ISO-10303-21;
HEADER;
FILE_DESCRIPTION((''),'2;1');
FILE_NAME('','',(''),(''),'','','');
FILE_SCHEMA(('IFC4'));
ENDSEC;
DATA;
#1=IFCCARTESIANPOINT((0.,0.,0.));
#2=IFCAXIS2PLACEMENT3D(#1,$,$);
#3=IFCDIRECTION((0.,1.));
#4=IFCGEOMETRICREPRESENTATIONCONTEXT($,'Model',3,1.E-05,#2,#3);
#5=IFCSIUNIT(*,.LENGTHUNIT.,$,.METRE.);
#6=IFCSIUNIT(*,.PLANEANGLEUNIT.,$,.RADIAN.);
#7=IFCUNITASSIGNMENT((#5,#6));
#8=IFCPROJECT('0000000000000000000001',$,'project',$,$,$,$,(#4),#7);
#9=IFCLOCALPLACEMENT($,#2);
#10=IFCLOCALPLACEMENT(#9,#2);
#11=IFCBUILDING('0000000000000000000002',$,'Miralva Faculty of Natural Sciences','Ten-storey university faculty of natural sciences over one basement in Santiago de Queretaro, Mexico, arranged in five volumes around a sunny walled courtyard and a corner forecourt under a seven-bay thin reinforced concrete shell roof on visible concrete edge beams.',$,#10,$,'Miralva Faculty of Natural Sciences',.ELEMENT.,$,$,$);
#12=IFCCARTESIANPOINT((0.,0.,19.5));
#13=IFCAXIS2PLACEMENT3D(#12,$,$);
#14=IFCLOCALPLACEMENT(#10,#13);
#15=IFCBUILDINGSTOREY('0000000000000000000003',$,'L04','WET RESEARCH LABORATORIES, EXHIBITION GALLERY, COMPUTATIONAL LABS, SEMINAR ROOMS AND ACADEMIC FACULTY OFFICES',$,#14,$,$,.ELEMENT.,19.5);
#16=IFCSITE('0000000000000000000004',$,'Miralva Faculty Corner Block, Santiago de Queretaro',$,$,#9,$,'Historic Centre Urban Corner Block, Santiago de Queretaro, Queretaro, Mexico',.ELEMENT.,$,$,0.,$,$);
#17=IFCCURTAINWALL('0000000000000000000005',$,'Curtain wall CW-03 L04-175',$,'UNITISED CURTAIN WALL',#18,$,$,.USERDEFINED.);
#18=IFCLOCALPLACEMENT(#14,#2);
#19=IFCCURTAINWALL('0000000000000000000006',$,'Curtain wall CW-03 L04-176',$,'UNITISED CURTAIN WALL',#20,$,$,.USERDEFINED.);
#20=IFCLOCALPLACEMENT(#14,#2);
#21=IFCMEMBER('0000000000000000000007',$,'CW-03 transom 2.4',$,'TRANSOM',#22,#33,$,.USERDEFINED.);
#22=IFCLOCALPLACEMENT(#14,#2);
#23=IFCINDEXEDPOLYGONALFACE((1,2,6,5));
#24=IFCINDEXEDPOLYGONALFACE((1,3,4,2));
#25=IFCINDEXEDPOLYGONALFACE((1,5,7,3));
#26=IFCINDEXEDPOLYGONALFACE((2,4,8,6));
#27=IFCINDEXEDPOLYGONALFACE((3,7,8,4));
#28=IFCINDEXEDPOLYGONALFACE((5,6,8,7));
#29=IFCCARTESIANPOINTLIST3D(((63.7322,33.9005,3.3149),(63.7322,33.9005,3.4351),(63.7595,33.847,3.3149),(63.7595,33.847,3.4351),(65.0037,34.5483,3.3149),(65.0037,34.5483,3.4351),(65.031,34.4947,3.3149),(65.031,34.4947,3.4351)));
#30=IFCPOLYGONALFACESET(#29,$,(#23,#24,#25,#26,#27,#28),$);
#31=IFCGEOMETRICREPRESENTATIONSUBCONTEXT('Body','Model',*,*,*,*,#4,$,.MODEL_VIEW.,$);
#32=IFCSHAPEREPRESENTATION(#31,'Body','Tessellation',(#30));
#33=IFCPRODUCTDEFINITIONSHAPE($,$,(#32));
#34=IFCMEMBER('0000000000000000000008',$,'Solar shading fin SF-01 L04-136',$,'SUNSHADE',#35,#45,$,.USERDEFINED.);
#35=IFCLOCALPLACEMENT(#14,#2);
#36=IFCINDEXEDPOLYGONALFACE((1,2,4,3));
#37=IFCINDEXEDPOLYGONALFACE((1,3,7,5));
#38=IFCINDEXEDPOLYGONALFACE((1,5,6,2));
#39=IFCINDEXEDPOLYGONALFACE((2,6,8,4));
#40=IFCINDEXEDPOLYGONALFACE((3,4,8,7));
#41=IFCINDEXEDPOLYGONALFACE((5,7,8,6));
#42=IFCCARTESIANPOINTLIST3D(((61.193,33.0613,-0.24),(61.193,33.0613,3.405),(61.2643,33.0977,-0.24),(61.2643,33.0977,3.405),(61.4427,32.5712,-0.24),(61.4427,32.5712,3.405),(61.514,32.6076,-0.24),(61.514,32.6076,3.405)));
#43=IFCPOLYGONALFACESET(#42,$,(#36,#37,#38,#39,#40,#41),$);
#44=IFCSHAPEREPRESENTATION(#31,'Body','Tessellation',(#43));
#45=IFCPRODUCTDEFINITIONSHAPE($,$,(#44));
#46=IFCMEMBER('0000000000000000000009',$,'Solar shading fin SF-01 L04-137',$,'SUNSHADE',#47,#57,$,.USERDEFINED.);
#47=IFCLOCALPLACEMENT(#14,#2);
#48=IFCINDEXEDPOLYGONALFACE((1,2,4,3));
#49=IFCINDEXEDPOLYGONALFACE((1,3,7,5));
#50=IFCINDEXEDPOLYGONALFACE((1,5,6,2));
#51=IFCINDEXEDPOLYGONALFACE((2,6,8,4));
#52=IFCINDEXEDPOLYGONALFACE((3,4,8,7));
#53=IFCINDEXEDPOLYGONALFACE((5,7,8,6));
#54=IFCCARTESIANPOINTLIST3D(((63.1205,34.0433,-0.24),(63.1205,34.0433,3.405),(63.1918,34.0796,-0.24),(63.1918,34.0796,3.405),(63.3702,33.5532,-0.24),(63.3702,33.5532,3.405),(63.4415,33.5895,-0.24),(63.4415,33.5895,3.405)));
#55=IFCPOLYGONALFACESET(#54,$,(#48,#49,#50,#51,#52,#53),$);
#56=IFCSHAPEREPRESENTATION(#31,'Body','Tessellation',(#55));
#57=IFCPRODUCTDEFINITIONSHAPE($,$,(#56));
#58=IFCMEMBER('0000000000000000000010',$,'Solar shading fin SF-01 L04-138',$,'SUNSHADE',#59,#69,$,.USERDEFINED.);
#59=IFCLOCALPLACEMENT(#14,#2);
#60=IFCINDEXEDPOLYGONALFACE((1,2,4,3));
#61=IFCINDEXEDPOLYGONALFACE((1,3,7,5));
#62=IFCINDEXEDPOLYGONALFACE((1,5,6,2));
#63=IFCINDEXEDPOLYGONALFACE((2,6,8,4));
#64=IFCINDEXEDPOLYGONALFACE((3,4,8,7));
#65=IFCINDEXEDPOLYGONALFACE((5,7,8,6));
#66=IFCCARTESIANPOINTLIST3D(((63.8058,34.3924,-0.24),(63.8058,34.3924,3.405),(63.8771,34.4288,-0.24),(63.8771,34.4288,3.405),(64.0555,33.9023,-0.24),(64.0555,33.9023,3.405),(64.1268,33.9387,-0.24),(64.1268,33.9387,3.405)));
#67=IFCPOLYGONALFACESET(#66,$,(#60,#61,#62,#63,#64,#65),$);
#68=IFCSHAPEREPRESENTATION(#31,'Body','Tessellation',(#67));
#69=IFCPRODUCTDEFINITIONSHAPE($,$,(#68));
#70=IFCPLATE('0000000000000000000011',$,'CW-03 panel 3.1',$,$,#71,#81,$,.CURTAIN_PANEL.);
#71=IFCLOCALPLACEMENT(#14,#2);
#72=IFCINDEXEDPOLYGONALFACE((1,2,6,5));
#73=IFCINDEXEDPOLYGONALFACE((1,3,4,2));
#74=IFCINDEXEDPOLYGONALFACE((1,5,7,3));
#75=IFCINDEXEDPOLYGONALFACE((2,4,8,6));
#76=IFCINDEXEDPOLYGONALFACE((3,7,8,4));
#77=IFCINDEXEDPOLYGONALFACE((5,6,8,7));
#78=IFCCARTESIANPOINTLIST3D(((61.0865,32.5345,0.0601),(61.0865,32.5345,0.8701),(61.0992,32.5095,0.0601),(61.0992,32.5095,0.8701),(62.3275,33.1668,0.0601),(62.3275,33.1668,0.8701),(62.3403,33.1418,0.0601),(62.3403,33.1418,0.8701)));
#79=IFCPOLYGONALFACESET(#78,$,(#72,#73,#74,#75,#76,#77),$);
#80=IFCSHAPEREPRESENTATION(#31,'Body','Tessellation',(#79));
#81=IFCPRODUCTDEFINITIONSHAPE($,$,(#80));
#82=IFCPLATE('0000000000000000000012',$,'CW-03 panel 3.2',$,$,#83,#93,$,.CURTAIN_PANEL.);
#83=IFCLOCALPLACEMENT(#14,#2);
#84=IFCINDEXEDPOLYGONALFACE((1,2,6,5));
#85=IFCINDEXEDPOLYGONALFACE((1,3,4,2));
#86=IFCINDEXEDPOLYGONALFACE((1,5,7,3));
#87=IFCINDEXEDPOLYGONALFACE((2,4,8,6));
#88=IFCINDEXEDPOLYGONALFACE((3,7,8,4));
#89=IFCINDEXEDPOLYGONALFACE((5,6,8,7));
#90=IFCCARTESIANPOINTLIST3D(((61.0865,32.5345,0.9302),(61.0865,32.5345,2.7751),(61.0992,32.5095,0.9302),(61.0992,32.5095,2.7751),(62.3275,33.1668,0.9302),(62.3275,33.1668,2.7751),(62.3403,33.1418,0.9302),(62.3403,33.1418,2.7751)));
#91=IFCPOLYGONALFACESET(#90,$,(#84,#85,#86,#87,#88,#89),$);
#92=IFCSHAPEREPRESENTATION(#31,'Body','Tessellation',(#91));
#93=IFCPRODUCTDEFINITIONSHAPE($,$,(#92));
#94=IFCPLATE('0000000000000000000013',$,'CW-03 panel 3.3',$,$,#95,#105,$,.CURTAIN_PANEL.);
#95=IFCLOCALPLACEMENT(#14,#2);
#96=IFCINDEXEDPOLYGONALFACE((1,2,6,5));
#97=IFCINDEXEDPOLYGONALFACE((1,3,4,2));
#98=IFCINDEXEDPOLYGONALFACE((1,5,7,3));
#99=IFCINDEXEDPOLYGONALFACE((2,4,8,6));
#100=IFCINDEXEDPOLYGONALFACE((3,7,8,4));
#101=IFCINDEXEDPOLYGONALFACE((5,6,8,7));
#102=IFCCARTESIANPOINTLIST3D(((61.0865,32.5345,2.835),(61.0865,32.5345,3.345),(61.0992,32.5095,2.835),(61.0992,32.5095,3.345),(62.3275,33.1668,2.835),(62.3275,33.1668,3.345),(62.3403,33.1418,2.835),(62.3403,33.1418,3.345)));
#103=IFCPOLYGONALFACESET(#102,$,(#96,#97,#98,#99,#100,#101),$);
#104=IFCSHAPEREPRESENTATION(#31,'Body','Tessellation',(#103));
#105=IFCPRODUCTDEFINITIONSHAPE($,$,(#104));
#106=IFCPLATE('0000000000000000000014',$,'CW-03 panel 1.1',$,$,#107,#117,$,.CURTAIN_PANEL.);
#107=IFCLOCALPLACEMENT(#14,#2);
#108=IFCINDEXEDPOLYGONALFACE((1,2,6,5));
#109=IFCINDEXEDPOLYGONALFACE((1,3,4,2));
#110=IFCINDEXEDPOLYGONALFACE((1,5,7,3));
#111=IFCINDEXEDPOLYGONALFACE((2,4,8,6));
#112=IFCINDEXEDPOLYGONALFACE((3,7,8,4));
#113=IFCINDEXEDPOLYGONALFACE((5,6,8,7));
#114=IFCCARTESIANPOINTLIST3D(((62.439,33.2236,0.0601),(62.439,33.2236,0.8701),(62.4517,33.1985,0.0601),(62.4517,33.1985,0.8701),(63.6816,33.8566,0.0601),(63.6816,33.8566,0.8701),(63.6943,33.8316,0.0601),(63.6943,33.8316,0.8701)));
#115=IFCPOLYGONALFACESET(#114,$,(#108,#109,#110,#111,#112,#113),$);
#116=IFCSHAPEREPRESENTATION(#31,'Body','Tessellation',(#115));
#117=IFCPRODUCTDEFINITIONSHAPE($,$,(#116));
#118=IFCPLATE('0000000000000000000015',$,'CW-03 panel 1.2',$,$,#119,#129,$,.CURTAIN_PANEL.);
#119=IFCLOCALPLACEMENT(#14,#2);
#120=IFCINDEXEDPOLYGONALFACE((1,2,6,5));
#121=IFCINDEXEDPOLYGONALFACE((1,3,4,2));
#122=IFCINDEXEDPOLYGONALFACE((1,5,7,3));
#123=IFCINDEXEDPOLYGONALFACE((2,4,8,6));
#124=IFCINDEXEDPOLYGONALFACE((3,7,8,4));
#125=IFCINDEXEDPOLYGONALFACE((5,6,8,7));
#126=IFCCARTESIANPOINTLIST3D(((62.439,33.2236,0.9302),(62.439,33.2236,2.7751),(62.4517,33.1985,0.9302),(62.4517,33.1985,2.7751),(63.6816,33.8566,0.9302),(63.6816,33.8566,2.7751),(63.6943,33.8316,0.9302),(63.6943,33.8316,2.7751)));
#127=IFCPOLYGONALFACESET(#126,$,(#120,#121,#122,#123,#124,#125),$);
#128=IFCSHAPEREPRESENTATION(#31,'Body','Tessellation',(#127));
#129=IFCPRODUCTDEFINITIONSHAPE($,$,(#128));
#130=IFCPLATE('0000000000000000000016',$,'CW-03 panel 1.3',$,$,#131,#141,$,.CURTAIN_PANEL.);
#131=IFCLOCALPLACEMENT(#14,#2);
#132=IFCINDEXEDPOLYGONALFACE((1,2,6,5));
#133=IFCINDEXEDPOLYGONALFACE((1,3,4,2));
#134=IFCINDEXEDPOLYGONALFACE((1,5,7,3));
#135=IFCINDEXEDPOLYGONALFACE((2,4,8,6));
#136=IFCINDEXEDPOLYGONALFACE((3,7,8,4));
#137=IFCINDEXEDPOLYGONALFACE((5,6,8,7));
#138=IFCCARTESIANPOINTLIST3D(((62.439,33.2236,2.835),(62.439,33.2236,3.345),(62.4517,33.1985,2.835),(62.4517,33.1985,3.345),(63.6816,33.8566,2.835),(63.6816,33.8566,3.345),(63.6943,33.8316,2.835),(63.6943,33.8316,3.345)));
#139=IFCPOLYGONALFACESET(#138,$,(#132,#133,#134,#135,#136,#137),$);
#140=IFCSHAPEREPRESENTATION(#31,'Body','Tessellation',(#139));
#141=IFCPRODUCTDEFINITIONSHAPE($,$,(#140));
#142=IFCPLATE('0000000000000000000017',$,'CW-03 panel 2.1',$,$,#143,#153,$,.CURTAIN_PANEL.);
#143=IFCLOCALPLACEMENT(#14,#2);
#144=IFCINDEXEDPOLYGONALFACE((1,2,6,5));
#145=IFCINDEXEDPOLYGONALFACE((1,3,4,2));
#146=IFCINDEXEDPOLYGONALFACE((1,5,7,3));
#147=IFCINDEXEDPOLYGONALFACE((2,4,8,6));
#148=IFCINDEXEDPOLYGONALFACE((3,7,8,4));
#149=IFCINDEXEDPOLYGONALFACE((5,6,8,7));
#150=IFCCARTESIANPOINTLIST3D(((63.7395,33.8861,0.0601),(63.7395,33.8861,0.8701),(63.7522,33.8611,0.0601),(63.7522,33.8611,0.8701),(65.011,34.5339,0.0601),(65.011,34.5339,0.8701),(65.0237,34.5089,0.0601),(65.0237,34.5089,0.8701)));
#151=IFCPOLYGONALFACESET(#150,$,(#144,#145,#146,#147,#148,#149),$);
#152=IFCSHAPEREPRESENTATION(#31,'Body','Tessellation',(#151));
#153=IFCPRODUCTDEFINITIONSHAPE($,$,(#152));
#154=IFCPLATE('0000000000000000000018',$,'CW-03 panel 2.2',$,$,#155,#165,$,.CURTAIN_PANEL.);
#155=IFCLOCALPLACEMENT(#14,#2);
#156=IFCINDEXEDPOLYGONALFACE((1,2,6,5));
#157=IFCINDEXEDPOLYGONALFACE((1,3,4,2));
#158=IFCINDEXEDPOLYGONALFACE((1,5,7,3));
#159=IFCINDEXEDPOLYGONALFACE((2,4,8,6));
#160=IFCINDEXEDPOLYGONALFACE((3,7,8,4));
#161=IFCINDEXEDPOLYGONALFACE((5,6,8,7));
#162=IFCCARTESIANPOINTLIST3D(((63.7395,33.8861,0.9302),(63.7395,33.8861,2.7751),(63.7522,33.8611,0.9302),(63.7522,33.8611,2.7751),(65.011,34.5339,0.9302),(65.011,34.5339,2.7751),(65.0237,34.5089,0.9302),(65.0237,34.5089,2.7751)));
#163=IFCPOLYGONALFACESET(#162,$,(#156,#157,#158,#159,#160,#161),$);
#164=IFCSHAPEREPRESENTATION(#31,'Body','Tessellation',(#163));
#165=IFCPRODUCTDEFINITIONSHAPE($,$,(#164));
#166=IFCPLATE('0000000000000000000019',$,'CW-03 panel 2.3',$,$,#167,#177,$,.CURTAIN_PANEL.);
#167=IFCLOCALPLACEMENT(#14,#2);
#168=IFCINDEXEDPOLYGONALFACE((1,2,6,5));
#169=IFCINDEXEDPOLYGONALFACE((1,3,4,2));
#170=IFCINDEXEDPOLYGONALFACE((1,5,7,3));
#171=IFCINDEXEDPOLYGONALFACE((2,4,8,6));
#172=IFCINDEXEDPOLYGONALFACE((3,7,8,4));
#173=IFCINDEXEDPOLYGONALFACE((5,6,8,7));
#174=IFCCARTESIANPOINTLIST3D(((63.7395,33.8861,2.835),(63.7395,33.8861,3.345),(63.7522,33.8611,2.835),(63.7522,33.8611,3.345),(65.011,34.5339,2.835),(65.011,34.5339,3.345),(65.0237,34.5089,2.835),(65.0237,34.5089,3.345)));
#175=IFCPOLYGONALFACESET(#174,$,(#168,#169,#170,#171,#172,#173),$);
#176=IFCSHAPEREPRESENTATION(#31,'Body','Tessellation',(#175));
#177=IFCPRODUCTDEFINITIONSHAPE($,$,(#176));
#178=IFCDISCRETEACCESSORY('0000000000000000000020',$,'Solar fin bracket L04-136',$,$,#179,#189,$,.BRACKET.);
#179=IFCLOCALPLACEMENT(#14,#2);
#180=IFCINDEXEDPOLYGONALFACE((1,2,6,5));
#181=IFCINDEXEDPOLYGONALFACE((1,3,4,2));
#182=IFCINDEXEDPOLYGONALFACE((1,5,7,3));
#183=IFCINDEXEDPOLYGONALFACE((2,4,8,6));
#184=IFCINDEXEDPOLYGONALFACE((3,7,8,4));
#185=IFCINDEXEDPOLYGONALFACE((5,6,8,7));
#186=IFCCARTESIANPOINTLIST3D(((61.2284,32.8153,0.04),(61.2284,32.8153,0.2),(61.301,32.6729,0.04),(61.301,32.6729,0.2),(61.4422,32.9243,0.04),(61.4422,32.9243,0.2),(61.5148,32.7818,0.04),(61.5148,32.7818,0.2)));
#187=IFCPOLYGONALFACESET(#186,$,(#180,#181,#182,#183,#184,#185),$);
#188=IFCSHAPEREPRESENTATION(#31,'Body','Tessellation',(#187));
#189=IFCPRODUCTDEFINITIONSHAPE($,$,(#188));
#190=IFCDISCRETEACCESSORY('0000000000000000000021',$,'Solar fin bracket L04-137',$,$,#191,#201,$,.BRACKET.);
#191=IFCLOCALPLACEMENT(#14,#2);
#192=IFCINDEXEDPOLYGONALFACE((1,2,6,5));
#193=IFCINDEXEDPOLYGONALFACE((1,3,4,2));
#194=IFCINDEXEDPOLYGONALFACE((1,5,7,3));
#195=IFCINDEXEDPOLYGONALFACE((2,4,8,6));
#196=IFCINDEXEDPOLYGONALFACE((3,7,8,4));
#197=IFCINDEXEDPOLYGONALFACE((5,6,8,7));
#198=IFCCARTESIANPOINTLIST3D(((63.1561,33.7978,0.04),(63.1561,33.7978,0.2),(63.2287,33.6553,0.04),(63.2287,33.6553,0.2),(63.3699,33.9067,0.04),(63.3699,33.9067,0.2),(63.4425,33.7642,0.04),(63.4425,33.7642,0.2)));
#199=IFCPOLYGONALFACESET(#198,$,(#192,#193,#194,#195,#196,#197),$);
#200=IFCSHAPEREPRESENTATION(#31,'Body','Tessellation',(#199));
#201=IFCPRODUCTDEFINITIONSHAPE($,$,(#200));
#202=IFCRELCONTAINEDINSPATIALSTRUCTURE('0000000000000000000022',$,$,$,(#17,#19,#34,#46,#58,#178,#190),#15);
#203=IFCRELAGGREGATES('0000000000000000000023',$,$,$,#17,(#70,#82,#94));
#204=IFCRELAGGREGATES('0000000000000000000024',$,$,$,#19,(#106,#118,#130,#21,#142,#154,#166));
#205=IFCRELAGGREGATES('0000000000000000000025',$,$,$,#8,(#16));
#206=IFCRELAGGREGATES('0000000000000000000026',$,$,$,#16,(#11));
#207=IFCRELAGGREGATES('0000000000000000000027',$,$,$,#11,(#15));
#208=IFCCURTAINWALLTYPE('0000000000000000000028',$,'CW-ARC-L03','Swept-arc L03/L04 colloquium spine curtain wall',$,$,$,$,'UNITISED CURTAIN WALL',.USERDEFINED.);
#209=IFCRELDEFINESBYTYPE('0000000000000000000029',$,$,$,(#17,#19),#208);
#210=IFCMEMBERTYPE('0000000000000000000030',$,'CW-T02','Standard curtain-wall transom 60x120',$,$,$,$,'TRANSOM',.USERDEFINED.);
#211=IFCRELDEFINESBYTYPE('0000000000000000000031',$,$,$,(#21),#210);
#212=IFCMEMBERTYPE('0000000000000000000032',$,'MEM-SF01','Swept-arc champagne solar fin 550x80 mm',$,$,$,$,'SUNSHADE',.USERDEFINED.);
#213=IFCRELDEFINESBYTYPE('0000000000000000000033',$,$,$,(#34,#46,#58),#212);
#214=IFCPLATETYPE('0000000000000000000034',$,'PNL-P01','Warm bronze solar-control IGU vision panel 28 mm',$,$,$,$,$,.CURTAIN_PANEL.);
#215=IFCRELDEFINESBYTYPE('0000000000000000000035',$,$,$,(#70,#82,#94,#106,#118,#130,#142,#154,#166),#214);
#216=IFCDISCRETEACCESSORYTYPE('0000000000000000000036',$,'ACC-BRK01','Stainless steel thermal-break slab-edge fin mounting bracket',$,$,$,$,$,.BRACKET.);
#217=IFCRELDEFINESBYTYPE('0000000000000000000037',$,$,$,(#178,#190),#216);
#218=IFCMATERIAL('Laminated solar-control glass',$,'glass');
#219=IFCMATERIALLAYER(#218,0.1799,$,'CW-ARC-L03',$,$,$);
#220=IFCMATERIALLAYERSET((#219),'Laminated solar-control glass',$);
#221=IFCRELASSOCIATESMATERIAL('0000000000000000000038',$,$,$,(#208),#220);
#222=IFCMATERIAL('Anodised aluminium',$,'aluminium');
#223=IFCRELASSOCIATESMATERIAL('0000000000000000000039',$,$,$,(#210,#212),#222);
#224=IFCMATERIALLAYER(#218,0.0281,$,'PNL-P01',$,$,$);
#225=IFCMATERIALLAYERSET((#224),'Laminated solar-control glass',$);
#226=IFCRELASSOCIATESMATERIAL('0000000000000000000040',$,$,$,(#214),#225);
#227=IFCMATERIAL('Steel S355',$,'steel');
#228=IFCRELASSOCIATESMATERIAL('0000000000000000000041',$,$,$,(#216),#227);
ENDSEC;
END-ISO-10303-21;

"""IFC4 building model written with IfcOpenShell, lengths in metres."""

from ifc_helpers import new_model, si_unit, direction, frame, origin, origin_2d, place, context, subcontext, project, spatial, rectangle, extrude, material, layer, layer_set, material_profile, profile_set, type_object, element, aggregate, save


model = new_model("IFC4")

# Units and contexts
model_context = context("Model", 3, precision=1e-05, world=origin(), true_north=direction((0.0, 1.0)))
body_context = subcontext(model_context, "Body", "Model", "MODEL_VIEW")
ifc_project = project(units=[si_unit("LENGTHUNIT", "METRE"), si_unit("PLANEANGLEUNIT", "RADIAN")], contexts=[model_context])

# Site, building, storey
site_placement = place(None, origin())
site = spatial("IfcSite", under=ifc_project, at=site_placement, Name="Miralva Faculty Corner Block, Santiago de Queretaro", LongName="Historic Centre Urban Corner Block, Santiago de Queretaro, Queretaro, Mexico", CompositionType="ELEMENT", RefElevation=0.0)
building_placement = place(site_placement, origin())
building = spatial("IfcBuilding", under=site, at=building_placement, Name="Miralva Faculty of Natural Sciences", Description="Ten-storey university faculty of natural sciences over one basement in Santiago de Queretaro, Mexico, arranged in five volumes around a sunny walled courtyard and a corner forecourt under a seven-bay thin reinforced concrete shell roof on visible concrete edge beams.", LongName="Miralva Faculty of Natural Sciences", CompositionType="ELEMENT")
storey_placement = place(building_placement, frame((0.0, 0.0, 19.5)))
storey = spatial("IfcBuildingStorey", under=building, at=storey_placement, Name="L04", Description="WET RESEARCH LABORATORIES, EXHIBITION GALLERY, COMPUTATIONAL LABS, SEMINAR ROOMS AND ACADEMIC FACULTY OFFICES", CompositionType="ELEMENT", Elevation=19.5)

# Curtain wall
ifc_material_1 = material(Name="Laminated solar-control glass", Category="glass")
ifc_layer_1 = layer(ifc_material_1, 0.1799, Name="CW-ARC-L03")
ifc_layer_set_1 = layer_set([ifc_layer_1], Name="Laminated solar-control glass")
curtain_wall_type = type_object("IfcCurtainWallType", Name="CW-ARC-L03", Description="Swept-arc L03/L04 colloquium spine curtain wall", ElementType="UNITISED CURTAIN WALL", PredefinedType="USERDEFINED", material=ifc_layer_set_1)
curtain_wall_1_placement = place(storey_placement, origin())
curtain_wall_1 = element("IfcCurtainWall", 1, at=curtain_wall_1_placement, inside=storey, type_object=curtain_wall_type, Name="Curtain wall CW-03 L04-175", ObjectType="UNITISED CURTAIN WALL", PredefinedType="USERDEFINED")
ifc_material_2 = material(Name="Anodised aluminium", Category="aluminium")

# Curtain wall
curtain_wall_2_placement = place(storey_placement, origin())
curtain_wall_2 = element("IfcCurtainWall", 2, at=curtain_wall_2_placement, inside=storey, type_object=curtain_wall_type, Name="Curtain wall CW-03 L04-176", ObjectType="UNITISED CURTAIN WALL", PredefinedType="USERDEFINED")

# Member
ifc_material_profile_1 = material_profile(ifc_material_2, rectangle(XDim=0.0601, YDim=0.1201, at=origin_2d()), Name="TRANSOM 60x120")
ifc_profile_set_1 = profile_set([ifc_material_profile_1], Name="Anodised aluminium")
member_type_1 = type_object("IfcMemberType", Name="CW-T02", Description="Standard curtain-wall transom 60x120", ElementType="TRANSOM", PredefinedType="USERDEFINED", material=ifc_profile_set_1)
member_1_placement = place(storey_placement, frame((63.7458, 33.8738, 3.375), z_axis=(0.891049, 0.453908, 0.0), x_axis=(-0.453908, 0.891049, 0.0)))
member_1 = element("IfcMember", 3, at=member_1_placement, type_object=member_type_1, Name="CW-03 transom 2.4", ObjectType="TRANSOM", PredefinedType="USERDEFINED", context=body_context, shape_type="SweptSolid", body=[
    extrude(rectangle(XDim=0.0601, YDim=0.1201, at=origin_2d()), origin(), (0.0, 0.0, 1.0), 1.427),
])

# Members
ifc_material_profile_2 = material_profile(ifc_material_2, rectangle(XDim=0.0801, YDim=0.55, at=origin_2d()), Name="FIN 550x80")
ifc_profile_set_2 = profile_set([ifc_material_profile_2], Name="Anodised aluminium")
member_type_2 = type_object("IfcMemberType", Name="MEM-SF01", Description="Swept-arc champagne solar fin 550x80 mm", ElementType="SUNSHADE", PredefinedType="USERDEFINED", material=ifc_profile_set_2)
for number, where, z_axis, x_axis, name in (
    (4, (61.3535, 32.8345, -0.24), (0.0, 0.0, 1.0), (-0.891007, -0.45399, 0.0), "Solar shading fin SF-01 L04-136"),
    (5, (63.281, 33.8164, -0.24), (0.0, 0.0, 1.0), (-0.891007, -0.45399, 0.0), "Solar shading fin SF-01 L04-137"),
    (6, (63.9663, 34.1655, -0.24), (0.0, 0.0, 1.0), (-0.891007, -0.45399, 0.0), "Solar shading fin SF-01 L04-138"),
):
    element("IfcMember", number, at=place(storey_placement, frame(where, z_axis=z_axis, x_axis=x_axis)), inside=storey, type_object=member_type_2, Name=name, ObjectType="SUNSHADE", PredefinedType="USERDEFINED", context=body_context, shape_type="SweptSolid", body=[
        extrude(rectangle(XDim=0.0801, YDim=0.55, at=origin_2d()), origin(), (0.0, 0.0, 1.0), 3.645),
    ])

# Plates
ifc_layer_2 = layer(ifc_material_1, 0.0281, Name="PNL-P01")
ifc_layer_set_2 = layer_set([ifc_layer_2], Name="Laminated solar-control glass")
plate_type = type_object("IfcPlateType", Name="PNL-P01", Description="Warm bronze solar-control IGU vision panel 28 mm", PredefinedType="CURTAIN_PANEL", material=ifc_layer_set_2)
plate_1_placement = place(storey_placement, frame((61.7134, 32.8381, 0.0601), z_axis=(0.0, 0.0, 1.0), x_axis=(0.891002, 0.454, 0.0)))
plate_1 = element("IfcPlate", 7, at=plate_1_placement, type_object=plate_type, Name="CW-03 panel 3.1", PredefinedType="CURTAIN_PANEL", context=body_context, shape_type="SweptSolid", body=[
    extrude(rectangle(XDim=1.3928, YDim=0.0281, at=origin_2d()), origin(), (0.0, 0.0, 1.0), 0.8101),
])
plate_2_placement = place(storey_placement, frame((61.7134, 32.8381, 0.9302), z_axis=(0.0, 0.0, 1.0), x_axis=(0.891002, 0.454, 0.0)))
plate_2 = element("IfcPlate", 8, at=plate_2_placement, type_object=plate_type, Name="CW-03 panel 3.2", PredefinedType="CURTAIN_PANEL", context=body_context, shape_type="SweptSolid", body=[
    extrude(rectangle(XDim=1.3928, YDim=0.0281, at=origin_2d()), origin(), (0.0, 0.0, 1.0), 1.845),
])
plate_3_placement = place(storey_placement, frame((61.7134, 32.8381, 2.835), z_axis=(0.0, 0.0, 1.0), x_axis=(0.891002, 0.454, 0.0)))
plate_3 = element("IfcPlate", 9, at=plate_3_placement, type_object=plate_type, Name="CW-03 panel 3.3", PredefinedType="CURTAIN_PANEL", context=body_context, shape_type="SweptSolid", body=[
    extrude(rectangle(XDim=1.3928, YDim=0.0281, at=origin_2d()), origin(), (0.0, 0.0, 1.0), 0.51),
])
aggregate(curtain_wall_1, [plate_1, plate_2, plate_3])
plate_4_placement = place(storey_placement, frame((63.0667, 33.5276, 0.0601), z_axis=(0.0, 0.0, 1.0), x_axis=(0.891015, 0.453975, 0.0)))
plate_4 = element("IfcPlate", 10, at=plate_4_placement, type_object=plate_type, Name="CW-03 panel 1.1", PredefinedType="CURTAIN_PANEL", context=body_context, shape_type="SweptSolid", body=[
    extrude(rectangle(XDim=1.3945, YDim=0.0281, at=origin_2d()), origin(), (0.0, 0.0, 1.0), 0.8101),
])
plate_5_placement = place(storey_placement, frame((63.0667, 33.5276, 0.9302), z_axis=(0.0, 0.0, 1.0), x_axis=(0.891015, 0.453975, 0.0)))
plate_5 = element("IfcPlate", 11, at=plate_5_placement, type_object=plate_type, Name="CW-03 panel 1.2", PredefinedType="CURTAIN_PANEL", context=body_context, shape_type="SweptSolid", body=[
    extrude(rectangle(XDim=1.3945, YDim=0.0281, at=origin_2d()), origin(), (0.0, 0.0, 1.0), 1.845),
])
plate_6_placement = place(storey_placement, frame((63.0667, 33.5276, 2.835), z_axis=(0.0, 0.0, 1.0), x_axis=(0.891015, 0.453975, 0.0)))
plate_6 = element("IfcPlate", 12, at=plate_6_placement, type_object=plate_type, Name="CW-03 panel 1.3", PredefinedType="CURTAIN_PANEL", context=body_context, shape_type="SweptSolid", body=[
    extrude(rectangle(XDim=1.3945, YDim=0.0281, at=origin_2d()), origin(), (0.0, 0.0, 1.0), 0.51),
])
plate_7_placement = place(storey_placement, frame((64.3816, 34.1975, 0.0601), z_axis=(0.0, 0.0, 1.0), x_axis=(0.891015, 0.453975, 0.0)))
plate_7 = element("IfcPlate", 13, at=plate_7_placement, type_object=plate_type, Name="CW-03 panel 2.1", PredefinedType="CURTAIN_PANEL", context=body_context, shape_type="SweptSolid", body=[
    extrude(rectangle(XDim=1.427, YDim=0.0281, at=origin_2d()), origin(), (0.0, 0.0, 1.0), 0.8101),
])
plate_8_placement = place(storey_placement, frame((64.3816, 34.1975, 0.9302), z_axis=(0.0, 0.0, 1.0), x_axis=(0.891015, 0.453975, 0.0)))
plate_8 = element("IfcPlate", 14, at=plate_8_placement, type_object=plate_type, Name="CW-03 panel 2.2", PredefinedType="CURTAIN_PANEL", context=body_context, shape_type="SweptSolid", body=[
    extrude(rectangle(XDim=1.427, YDim=0.0281, at=origin_2d()), origin(), (0.0, 0.0, 1.0), 1.845),
])
plate_9_placement = place(storey_placement, frame((64.3816, 34.1975, 2.835), z_axis=(0.0, 0.0, 1.0), x_axis=(0.891015, 0.453975, 0.0)))
plate_9 = element("IfcPlate", 15, at=plate_9_placement, type_object=plate_type, Name="CW-03 panel 2.3", PredefinedType="CURTAIN_PANEL", context=body_context, shape_type="SweptSolid", body=[
    extrude(rectangle(XDim=1.427, YDim=0.0281, at=origin_2d()), origin(), (0.0, 0.0, 1.0), 0.51),
])
aggregate(curtain_wall_2, [plate_4, plate_5, plate_6, member_1, plate_7, plate_8, plate_9])

# Discrete accessories
ifc_material_3 = material(Name="Steel S355", Category="steel")
discrete_accessory_type = type_object("IfcDiscreteAccessoryType", Name="ACC-BRK01", Description="Stainless steel thermal-break slab-edge fin mounting bracket", PredefinedType="BRACKET", material=ifc_material_3)
for number, where, z_axis, x_axis, name in (
    (16, (61.3716, 32.7986, 0.04), (0.0, 0.0, 1.0), (-0.45399, 0.891007, 0.0), "Solar fin bracket L04-136"),
    (17, (63.2993, 33.781, 0.04), (0.0, 0.0, 1.0), (-0.45399, 0.891007, 0.0), "Solar fin bracket L04-137"),
):
    element("IfcDiscreteAccessory", number, at=place(storey_placement, frame(where, z_axis=z_axis, x_axis=x_axis)), inside=storey, type_object=discrete_accessory_type, Name=name, PredefinedType="BRACKET", context=body_context, shape_type="SweptSolid", body=[
        extrude(rectangle(XDim=0.1599, YDim=0.24, at=origin_2d()), origin(), (0.0, 0.0, 1.0), 0.1599),
    ])

save(model, "model.ifc")
